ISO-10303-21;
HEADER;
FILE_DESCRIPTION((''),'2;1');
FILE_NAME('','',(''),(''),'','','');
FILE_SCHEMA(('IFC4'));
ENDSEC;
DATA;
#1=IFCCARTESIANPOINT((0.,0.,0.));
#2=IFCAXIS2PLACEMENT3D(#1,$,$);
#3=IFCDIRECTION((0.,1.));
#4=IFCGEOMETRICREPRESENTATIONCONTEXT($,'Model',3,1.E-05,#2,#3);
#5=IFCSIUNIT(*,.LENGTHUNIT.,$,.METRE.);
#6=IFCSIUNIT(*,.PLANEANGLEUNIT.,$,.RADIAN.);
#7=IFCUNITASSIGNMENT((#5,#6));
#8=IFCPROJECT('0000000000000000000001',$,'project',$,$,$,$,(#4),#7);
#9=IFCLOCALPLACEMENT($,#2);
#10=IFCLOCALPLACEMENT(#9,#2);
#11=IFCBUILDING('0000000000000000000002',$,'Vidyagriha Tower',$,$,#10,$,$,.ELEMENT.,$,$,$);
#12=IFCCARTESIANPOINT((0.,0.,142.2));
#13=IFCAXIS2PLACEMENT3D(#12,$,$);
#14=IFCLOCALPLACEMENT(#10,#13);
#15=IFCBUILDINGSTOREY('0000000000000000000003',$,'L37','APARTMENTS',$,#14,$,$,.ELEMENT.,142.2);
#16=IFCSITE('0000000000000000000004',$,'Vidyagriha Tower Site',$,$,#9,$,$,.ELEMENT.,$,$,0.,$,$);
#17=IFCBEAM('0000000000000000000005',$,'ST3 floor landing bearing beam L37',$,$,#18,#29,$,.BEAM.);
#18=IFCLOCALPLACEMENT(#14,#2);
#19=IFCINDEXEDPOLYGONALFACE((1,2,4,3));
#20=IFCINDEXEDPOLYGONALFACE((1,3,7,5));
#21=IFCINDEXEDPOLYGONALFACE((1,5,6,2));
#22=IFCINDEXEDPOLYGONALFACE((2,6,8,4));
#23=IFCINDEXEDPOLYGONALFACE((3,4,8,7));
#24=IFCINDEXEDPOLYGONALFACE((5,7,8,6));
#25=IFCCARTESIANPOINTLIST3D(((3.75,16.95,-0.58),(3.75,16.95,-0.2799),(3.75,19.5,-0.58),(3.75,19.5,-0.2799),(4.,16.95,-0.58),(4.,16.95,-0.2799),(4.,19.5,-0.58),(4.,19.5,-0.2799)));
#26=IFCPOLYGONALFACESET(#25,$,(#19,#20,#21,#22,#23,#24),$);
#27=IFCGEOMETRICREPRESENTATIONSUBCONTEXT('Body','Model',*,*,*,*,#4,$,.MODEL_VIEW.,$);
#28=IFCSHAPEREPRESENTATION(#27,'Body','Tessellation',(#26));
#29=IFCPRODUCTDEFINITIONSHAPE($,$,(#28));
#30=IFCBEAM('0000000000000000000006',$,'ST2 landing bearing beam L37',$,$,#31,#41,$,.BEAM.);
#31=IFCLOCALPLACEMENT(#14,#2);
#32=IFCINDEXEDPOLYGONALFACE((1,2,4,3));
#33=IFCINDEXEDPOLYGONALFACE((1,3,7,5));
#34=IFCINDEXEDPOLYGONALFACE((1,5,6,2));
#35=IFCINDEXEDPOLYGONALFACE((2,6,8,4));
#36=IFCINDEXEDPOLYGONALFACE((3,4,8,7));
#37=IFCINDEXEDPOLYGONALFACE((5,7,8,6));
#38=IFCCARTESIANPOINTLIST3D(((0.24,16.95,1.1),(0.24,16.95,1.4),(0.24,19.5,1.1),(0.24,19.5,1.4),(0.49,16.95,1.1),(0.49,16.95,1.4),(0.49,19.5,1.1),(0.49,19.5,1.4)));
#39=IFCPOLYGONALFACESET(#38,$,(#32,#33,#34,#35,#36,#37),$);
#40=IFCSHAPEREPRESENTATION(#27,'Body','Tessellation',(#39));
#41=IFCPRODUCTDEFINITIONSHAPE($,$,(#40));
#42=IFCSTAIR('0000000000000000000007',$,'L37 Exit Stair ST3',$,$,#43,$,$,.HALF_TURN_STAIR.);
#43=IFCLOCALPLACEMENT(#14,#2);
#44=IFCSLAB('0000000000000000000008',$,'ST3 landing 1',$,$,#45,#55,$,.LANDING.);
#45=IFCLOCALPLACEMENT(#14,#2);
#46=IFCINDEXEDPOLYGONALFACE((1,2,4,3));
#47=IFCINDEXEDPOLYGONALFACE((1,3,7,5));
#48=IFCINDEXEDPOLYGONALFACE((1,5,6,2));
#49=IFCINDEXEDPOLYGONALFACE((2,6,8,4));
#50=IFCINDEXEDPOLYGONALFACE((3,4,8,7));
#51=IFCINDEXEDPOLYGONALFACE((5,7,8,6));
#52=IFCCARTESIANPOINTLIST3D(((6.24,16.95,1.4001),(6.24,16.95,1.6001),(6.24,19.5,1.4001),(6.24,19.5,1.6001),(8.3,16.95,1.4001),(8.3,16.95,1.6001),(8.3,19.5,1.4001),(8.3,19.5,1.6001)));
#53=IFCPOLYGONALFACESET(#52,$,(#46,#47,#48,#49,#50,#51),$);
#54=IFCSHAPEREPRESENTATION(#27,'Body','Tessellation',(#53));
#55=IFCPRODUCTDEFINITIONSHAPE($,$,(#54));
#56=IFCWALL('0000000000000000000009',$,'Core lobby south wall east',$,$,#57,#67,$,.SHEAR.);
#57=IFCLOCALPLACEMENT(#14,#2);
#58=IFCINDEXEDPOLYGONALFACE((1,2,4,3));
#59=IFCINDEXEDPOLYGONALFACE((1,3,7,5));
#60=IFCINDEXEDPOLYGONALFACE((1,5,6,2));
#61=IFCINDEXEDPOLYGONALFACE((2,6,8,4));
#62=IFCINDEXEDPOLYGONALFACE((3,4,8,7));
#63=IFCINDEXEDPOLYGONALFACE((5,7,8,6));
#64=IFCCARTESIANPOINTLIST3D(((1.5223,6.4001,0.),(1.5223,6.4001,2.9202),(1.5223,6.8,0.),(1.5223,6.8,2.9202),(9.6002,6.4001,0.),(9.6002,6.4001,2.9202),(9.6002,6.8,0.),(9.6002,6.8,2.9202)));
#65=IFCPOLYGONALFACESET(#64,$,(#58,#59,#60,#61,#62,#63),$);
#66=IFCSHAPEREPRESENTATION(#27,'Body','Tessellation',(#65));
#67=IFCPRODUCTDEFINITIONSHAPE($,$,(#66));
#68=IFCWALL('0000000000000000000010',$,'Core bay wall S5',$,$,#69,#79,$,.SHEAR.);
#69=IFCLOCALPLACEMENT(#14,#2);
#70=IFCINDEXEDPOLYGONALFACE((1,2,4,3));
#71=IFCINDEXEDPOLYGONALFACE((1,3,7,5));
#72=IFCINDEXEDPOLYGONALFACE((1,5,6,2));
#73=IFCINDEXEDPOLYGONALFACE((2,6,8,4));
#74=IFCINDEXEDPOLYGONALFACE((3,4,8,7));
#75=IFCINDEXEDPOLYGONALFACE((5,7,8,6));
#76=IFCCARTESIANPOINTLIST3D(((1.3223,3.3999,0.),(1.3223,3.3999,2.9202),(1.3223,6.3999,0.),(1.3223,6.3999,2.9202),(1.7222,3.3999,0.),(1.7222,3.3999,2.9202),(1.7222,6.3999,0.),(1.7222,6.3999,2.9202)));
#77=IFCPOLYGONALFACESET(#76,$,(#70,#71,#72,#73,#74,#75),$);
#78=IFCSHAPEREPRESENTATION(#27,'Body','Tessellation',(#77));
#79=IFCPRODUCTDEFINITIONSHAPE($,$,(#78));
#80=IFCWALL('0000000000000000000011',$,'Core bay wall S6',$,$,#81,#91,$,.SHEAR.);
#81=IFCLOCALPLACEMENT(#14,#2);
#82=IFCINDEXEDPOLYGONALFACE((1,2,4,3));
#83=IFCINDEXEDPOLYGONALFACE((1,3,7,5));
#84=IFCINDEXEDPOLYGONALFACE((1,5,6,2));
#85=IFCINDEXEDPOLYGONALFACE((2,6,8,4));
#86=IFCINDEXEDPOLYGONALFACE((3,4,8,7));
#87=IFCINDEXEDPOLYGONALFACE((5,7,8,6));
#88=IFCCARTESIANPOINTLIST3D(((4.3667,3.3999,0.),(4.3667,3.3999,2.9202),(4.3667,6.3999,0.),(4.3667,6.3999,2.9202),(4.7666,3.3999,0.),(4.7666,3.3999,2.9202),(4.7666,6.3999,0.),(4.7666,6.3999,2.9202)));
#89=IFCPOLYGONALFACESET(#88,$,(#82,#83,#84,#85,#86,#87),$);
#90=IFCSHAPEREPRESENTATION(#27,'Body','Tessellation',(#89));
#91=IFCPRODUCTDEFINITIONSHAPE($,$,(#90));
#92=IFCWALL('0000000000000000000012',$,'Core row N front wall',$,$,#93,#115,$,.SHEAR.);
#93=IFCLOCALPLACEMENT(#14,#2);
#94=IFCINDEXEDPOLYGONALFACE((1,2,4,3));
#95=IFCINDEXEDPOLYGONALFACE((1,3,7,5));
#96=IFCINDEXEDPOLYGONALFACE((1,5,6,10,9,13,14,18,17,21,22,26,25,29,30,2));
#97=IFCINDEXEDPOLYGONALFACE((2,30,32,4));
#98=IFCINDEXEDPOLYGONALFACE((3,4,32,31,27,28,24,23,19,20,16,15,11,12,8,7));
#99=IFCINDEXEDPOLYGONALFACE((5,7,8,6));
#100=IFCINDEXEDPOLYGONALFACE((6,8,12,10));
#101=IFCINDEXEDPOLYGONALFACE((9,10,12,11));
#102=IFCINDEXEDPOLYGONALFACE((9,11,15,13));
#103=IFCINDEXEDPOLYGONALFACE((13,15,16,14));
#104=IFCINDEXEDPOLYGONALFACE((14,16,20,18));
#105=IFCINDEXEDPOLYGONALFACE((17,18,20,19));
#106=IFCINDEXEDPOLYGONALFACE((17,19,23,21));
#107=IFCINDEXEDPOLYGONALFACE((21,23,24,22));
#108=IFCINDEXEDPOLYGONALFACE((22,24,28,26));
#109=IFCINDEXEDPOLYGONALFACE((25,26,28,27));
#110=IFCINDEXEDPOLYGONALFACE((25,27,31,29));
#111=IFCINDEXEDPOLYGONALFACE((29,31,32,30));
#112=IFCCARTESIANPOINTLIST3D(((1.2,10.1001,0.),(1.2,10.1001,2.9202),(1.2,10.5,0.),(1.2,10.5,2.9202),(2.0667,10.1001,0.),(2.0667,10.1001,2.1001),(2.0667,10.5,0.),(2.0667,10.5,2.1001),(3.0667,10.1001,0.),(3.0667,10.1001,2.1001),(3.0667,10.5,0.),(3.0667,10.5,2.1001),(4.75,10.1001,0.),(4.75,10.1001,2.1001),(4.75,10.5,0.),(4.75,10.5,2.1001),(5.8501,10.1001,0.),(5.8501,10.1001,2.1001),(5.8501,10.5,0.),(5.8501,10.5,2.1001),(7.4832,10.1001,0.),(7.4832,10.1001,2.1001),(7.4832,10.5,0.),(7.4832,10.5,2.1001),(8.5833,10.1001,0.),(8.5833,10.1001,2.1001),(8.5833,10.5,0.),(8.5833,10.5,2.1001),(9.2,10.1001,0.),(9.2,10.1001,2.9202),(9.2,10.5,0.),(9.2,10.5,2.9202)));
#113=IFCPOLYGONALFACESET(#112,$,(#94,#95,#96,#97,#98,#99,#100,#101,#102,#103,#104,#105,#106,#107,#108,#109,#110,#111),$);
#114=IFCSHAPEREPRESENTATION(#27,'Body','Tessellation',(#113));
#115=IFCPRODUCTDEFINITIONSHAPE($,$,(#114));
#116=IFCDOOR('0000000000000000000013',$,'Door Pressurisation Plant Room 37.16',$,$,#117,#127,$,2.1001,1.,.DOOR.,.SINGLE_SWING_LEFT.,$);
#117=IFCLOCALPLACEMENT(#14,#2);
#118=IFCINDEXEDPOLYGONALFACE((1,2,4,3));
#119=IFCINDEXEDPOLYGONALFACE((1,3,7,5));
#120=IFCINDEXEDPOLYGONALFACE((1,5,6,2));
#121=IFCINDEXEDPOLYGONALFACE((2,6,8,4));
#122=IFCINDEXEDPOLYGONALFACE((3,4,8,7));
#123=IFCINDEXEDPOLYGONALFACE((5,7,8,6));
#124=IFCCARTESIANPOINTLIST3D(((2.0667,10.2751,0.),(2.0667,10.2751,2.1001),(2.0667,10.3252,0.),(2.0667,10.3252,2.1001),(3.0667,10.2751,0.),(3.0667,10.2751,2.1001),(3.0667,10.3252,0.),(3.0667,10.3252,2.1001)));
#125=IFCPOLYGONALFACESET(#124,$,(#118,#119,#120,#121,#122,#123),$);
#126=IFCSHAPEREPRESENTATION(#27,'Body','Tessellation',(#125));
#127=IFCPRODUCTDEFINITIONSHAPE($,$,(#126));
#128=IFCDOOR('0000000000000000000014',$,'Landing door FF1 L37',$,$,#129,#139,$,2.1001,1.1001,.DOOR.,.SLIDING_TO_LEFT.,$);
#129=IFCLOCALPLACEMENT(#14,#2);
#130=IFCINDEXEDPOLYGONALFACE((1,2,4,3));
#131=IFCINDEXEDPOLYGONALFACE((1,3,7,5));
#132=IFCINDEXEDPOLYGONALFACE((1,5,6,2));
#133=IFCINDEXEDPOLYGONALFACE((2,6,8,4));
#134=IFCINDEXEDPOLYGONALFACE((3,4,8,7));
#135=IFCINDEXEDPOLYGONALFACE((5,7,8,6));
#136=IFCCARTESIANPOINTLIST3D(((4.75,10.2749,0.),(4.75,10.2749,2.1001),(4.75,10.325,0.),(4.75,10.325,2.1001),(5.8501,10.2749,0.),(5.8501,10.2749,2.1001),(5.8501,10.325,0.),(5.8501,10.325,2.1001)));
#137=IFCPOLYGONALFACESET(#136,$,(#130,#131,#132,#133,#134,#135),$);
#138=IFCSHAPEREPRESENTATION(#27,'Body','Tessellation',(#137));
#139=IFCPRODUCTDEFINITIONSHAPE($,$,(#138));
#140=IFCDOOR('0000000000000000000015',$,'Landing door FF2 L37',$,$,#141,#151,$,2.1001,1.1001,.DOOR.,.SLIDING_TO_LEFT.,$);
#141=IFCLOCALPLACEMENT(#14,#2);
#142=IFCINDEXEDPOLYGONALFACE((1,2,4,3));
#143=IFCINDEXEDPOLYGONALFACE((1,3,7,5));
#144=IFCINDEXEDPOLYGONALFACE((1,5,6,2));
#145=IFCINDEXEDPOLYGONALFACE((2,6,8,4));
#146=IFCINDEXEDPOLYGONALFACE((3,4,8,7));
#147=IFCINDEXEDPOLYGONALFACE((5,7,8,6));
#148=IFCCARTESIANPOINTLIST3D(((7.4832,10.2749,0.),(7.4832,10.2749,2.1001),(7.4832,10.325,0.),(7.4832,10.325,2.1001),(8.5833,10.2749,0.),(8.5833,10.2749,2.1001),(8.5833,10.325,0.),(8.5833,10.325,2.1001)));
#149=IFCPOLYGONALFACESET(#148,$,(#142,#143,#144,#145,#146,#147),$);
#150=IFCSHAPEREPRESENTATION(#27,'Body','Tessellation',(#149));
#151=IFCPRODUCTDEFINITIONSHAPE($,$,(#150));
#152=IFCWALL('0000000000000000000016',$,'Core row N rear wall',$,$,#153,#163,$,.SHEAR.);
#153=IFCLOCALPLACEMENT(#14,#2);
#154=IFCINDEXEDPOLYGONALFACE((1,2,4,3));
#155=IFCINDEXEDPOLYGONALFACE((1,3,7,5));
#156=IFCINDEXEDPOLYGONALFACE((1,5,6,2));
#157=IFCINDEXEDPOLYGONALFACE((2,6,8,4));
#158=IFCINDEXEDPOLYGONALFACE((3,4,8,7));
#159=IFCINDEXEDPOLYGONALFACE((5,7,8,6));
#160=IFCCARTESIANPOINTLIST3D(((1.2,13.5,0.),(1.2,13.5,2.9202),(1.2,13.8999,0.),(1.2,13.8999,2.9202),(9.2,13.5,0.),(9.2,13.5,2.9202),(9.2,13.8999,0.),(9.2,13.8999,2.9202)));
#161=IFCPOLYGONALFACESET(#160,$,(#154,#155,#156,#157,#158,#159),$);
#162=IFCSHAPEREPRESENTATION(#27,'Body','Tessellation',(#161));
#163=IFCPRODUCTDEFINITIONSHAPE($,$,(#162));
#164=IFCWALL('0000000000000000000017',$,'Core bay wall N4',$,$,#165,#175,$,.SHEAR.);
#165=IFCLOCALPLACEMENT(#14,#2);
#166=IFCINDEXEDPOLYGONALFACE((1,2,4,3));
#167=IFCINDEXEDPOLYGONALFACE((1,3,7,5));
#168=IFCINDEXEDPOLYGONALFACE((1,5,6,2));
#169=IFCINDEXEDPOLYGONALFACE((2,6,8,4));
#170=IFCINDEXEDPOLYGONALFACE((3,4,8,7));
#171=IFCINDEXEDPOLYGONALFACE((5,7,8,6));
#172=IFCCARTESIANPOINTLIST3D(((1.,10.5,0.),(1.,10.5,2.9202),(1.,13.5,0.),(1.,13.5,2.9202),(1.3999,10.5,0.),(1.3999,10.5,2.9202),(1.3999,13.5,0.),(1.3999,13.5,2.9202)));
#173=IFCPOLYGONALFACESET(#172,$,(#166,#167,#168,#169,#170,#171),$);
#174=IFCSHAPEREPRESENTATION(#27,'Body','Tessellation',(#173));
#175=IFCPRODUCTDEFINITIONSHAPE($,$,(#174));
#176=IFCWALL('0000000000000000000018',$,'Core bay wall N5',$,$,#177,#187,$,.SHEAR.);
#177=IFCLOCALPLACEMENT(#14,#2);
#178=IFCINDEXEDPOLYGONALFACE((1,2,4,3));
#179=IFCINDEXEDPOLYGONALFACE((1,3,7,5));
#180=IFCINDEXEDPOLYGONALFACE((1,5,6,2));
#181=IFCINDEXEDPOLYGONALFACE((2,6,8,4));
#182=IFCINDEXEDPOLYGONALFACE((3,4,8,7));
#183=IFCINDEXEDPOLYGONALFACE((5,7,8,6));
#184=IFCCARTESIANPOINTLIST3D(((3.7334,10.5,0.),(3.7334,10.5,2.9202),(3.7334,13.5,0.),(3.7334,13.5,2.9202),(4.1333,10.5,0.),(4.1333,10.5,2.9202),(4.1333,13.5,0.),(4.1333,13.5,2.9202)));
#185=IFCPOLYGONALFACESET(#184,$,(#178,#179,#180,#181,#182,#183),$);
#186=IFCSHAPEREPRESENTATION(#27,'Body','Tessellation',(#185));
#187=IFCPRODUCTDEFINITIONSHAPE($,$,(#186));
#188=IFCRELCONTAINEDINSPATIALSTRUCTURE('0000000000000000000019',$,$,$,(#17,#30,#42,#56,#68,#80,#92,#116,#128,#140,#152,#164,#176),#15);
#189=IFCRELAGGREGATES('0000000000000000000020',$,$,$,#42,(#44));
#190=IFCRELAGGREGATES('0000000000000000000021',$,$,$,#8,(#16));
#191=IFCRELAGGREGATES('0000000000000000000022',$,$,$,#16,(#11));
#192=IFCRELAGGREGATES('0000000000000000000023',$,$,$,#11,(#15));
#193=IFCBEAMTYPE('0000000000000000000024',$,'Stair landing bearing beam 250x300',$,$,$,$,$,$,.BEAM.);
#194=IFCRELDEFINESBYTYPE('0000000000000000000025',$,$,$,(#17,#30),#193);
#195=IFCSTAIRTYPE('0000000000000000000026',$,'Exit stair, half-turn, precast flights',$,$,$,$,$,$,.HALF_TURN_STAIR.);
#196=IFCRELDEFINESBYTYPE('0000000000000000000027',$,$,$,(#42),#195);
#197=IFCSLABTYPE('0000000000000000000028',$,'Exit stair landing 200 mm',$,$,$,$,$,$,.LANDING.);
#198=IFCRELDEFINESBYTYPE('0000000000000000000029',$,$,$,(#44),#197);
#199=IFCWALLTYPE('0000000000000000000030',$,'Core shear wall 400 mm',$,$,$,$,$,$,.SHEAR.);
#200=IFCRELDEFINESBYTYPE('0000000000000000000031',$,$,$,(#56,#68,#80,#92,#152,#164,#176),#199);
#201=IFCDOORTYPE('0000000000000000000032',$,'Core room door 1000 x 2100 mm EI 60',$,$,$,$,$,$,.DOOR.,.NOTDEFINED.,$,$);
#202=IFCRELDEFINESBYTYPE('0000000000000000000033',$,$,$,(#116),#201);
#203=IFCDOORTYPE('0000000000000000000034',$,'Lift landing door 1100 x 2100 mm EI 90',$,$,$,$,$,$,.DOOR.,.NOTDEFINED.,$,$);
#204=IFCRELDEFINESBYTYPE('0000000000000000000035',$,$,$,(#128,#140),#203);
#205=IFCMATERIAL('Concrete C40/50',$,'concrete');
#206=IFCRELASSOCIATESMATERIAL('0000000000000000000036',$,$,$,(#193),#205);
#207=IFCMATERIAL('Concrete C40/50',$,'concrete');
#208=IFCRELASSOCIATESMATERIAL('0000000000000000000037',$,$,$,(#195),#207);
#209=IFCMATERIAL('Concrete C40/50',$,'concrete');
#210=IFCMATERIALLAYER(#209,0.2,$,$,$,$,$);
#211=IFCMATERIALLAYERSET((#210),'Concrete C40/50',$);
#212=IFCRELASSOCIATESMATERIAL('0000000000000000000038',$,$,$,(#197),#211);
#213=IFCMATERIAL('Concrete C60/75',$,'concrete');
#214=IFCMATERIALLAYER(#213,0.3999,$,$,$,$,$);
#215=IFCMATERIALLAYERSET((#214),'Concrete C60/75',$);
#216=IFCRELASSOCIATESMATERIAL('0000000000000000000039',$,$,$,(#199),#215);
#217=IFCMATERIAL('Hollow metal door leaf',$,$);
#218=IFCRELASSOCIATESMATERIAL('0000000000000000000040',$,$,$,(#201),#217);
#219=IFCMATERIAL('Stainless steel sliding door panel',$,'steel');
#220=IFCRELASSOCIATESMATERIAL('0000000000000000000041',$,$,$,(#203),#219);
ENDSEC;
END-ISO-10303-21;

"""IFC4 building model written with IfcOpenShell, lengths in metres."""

from ifc_helpers import new_model, si_unit, direction, frame, frame_2d, origin, origin_2d, place, context, subcontext, project, spatial, polyline, rectangle, outline, extrude, material, layer, layer_set, material_profile, profile_set, type_object, element, fill, aggregate, save


model = new_model("IFC4")

# Units and contexts
model_context = context("Model", 3, precision=1e-05, world=origin(), true_north=direction((0.0, 1.0)))
body_context = subcontext(model_context, "Body", "Model", "MODEL_VIEW")
ifc_project = project(units=[si_unit("LENGTHUNIT", "METRE"), si_unit("PLANEANGLEUNIT", "RADIAN")], contexts=[model_context])

# Site, building, storey
site_placement = place(None, origin())
site = spatial("IfcSite", under=ifc_project, at=site_placement, Name="Vidyagriha Tower Site", CompositionType="ELEMENT", RefElevation=0.0)
building_placement = place(site_placement, origin())
building = spatial("IfcBuilding", under=site, at=building_placement, Name="Vidyagriha Tower", CompositionType="ELEMENT")
storey_placement = place(building_placement, frame((0.0, 0.0, 142.2)))
storey = spatial("IfcBuildingStorey", under=building, at=storey_placement, Name="L37", Description="APARTMENTS", CompositionType="ELEMENT", Elevation=142.2)

# Beams
ifc_material_1 = material(Name="Concrete C40/50", Category="concrete")
ifc_material_profile = material_profile(ifc_material_1, rectangle(XDim=0.25, YDim=0.3, at=origin_2d()), Name="Stair landing bearing beam 250x300")
ifc_profile_set = profile_set([ifc_material_profile], Name="Concrete C40/50")
beam_type = type_object("IfcBeamType", Name="Stair landing bearing beam 250x300", PredefinedType="BEAM", material=ifc_profile_set)
for number, where, z_axis, x_axis, name in (
    (1, (3.875, 16.95, -0.4299), (0.0, 1.0, 0.0), (-1.0, 0.0, 0.0), "ST3 floor landing bearing beam L37"),
    (2, (0.365, 16.95, 1.25), (0.0, 1.0, 0.0), (-1.0, 0.0, 0.0), "ST2 landing bearing beam L37"),
):
    element("IfcBeam", number, at=place(storey_placement, frame(where, z_axis=z_axis, x_axis=x_axis)), inside=storey, type_object=beam_type, Name=name, PredefinedType="BEAM", context=body_context, shape_type="SweptSolid", body=[
        extrude(rectangle(XDim=0.25, YDim=0.3, at=origin_2d()), origin(), (0.0, 0.0, 1.0), 2.55),
    ])

# Stair, slab
ifc_material_2 = material(Name="Concrete C40/50", Category="concrete")
stair_type = type_object("IfcStairType", Name="Exit stair, half-turn, precast flights", PredefinedType="HALF_TURN_STAIR", material=ifc_material_2)
stair_placement = place(storey_placement, origin())
stair = element("IfcStair", 3, at=stair_placement, inside=storey, type_object=stair_type, Name="L37 Exit Stair ST3", PredefinedType="HALF_TURN_STAIR")
ifc_material_3 = material(Name="Concrete C40/50", Category="concrete")
ifc_layer_1 = layer(ifc_material_3, 0.2)
ifc_layer_set_1 = layer_set([ifc_layer_1], Name="Concrete C40/50")
slab_type = type_object("IfcSlabType", Name="Exit stair landing 200 mm", PredefinedType="LANDING", material=ifc_layer_set_1)
slab_placement = place(storey_placement, frame((0.0, 0.0, 1.4001)))
slab = element("IfcSlab", 4, at=slab_placement, type_object=slab_type, Name="ST3 landing 1", PredefinedType="LANDING", context=body_context, shape_type="SweptSolid", body=[
    extrude(outline(polyline([(6.24, 16.95), (8.3, 16.95), (8.3, 19.5), (6.24, 19.5), (6.24, 16.95)])), origin(), (0.0, 0.0, 1.0), 0.2),
])
aggregate(stair, [slab])

# Walls
ifc_material_4 = material(Name="Concrete C60/75", Category="concrete")
ifc_layer_2 = layer(ifc_material_4, 0.3999)
ifc_layer_set_2 = layer_set([ifc_layer_2], Name="Concrete C60/75")
wall_type_1 = type_object("IfcWallType", Name="Core shear wall 400 mm", PredefinedType="SHEAR", material=ifc_layer_set_2)
wall_1_placement = place(storey_placement, frame((1.5222, 6.6001, 0.0)))
element("IfcWall", 5, at=wall_1_placement, inside=storey, type_object=wall_type_1, Name="Core lobby south wall east", PredefinedType="SHEAR", context=body_context, shape_type="SweptSolid", body=[
    extrude(rectangle(XDim=8.0779, YDim=0.3999, at=frame_2d((4.0391, 0.0))), origin(), (0.0, 0.0, 1.0), 2.9202),
])
for number, where, z_axis, x_axis, name in (
    (6, (1.5222, 3.3999, 0.0), (0.0, 0.0, 1.0), (0.0, 1.0, 0.0), "Core bay wall S5"),
    (7, (4.5667, 3.3999, 0.0), (0.0, 0.0, 1.0), (0.0, 1.0, 0.0), "Core bay wall S6"),
):
    element("IfcWall", number, at=place(storey_placement, frame(where, z_axis=z_axis, x_axis=x_axis)), inside=storey, type_object=wall_type_1, Name=name, PredefinedType="SHEAR", context=body_context, shape_type="SweptSolid", body=[
        extrude(rectangle(XDim=3.0, YDim=0.3999, at=frame_2d((1.5, 0.0))), origin(), (0.0, 0.0, 1.0), 2.9202),
    ])

# Wall, openings, doors
wall_2_placement = place(storey_placement, frame((1.2, 10.3, 0.0)))
wall_2 = element("IfcWall", 8, at=wall_2_placement, inside=storey, type_object=wall_type_1, Name="Core row N front wall", PredefinedType="SHEAR", context=body_context, shape_type="SweptSolid", body=[
    extrude(rectangle(XDim=8.0, YDim=0.3999, at=frame_2d((4.0, 0.0))), origin(), (0.0, 0.0, 1.0), 2.9202),
])
opening_1_placement = place(wall_2_placement, frame((3.55, 0.0, 0.0)))
opening_1 = element("IfcOpeningElement", 9, at=opening_1_placement, cuts=wall_2, PredefinedType="OPENING", context=body_context, shape_type="SweptSolid", body=[
    extrude(rectangle(XDim=1.1001, YDim=2.1001, at=frame_2d((0.55, 1.05))), frame((0.0, 0.21, 0.0), z_axis=(0.0, -1.0, 0.0), x_axis=(1.0, 0.0, 0.0)), (0.0, 0.0, 1.0), 0.4199),
])
opening_2_placement = place(wall_2_placement, frame((6.2832, 0.0, 0.0)))
opening_2 = element("IfcOpeningElement", 10, at=opening_2_placement, cuts=wall_2, PredefinedType="OPENING", context=body_context, shape_type="SweptSolid", body=[
    extrude(rectangle(XDim=1.1001, YDim=2.1001, at=frame_2d((0.55, 1.05))), frame((0.0, 0.21, 0.0), z_axis=(0.0, -1.0, 0.0), x_axis=(1.0, 0.0, 0.0)), (0.0, 0.0, 1.0), 0.4199),
])
opening_3_placement = place(wall_2_placement, frame((0.8667, 0.0, 0.0)))
opening_3 = element("IfcOpeningElement", 11, at=opening_3_placement, cuts=wall_2, PredefinedType="OPENING", context=body_context, shape_type="SweptSolid", body=[
    extrude(rectangle(XDim=1.0, YDim=2.1001, at=frame_2d((0.5, 1.05))), frame((0.0, 0.21, 0.0), z_axis=(0.0, -1.0, 0.0), x_axis=(1.0, 0.0, 0.0)), (0.0, 0.0, 1.0), 0.4199),
])
ifc_material_5 = material(Name="Hollow metal door leaf")
door_type_1 = type_object("IfcDoorType", Name="Core room door 1000 x 2100 mm EI 60", OperationType="NOTDEFINED", PredefinedType="DOOR", material=ifc_material_5)
door_1_placement = place(opening_3_placement, frame((1.0, 0.0, 0.0), z_axis=(0.0, 0.0, 1.0), x_axis=(-1.0, 0.0, 0.0)))
door_1 = element("IfcDoor", 12, at=door_1_placement, inside=storey, type_object=door_type_1, Name="Door Pressurisation Plant Room 37.16", OperationType="SINGLE_SWING_LEFT", OverallHeight=2.1001, OverallWidth=1.0, PredefinedType="DOOR", context=body_context, shape_type="SweptSolid", body=[
    extrude(rectangle(XDim=1.0, YDim=2.1001, at=frame_2d((0.5, 1.05))), frame((0.0, 0.0249, 0.0), z_axis=(0.0, -1.0, 0.0), x_axis=(1.0, 0.0, 0.0)), (0.0, 0.0, 1.0), 0.05),
])
fill(opening_3, door_1)
ifc_material_6 = material(Name="Stainless steel sliding door panel", Category="steel")
door_type_2 = type_object("IfcDoorType", Name="Lift landing door 1100 x 2100 mm EI 90", OperationType="NOTDEFINED", PredefinedType="DOOR", material=ifc_material_6)
door_2_placement = place(opening_1_placement, origin())
door_2 = element("IfcDoor", 13, at=door_2_placement, inside=storey, type_object=door_type_2, Name="Landing door FF1 L37", OperationType="SLIDING_TO_LEFT", OverallHeight=2.1001, OverallWidth=1.1001, PredefinedType="DOOR", context=body_context, shape_type="SweptSolid", body=[
    extrude(rectangle(XDim=1.1001, YDim=2.1001, at=frame_2d((0.55, 1.05))), frame((0.0, 0.0249, 0.0), z_axis=(0.0, -1.0, 0.0), x_axis=(1.0, 0.0, 0.0)), (0.0, 0.0, 1.0), 0.05),
])
fill(opening_1, door_2)
door_3_placement = place(opening_2_placement, origin())
door_3 = element("IfcDoor", 14, at=door_3_placement, inside=storey, type_object=door_type_2, Name="Landing door FF2 L37", OperationType="SLIDING_TO_LEFT", OverallHeight=2.1001, OverallWidth=1.1001, PredefinedType="DOOR", context=body_context, shape_type="SweptSolid", body=[
    extrude(rectangle(XDim=1.1001, YDim=2.1001, at=frame_2d((0.55, 1.05))), frame((0.0, 0.0249, 0.0), z_axis=(0.0, -1.0, 0.0), x_axis=(1.0, 0.0, 0.0)), (0.0, 0.0, 1.0), 0.05),
])
fill(opening_2, door_3)

# Walls
wall_3_placement = place(storey_placement, frame((1.2, 13.7, 0.0)))
element("IfcWall", 15, at=wall_3_placement, inside=storey, type_object=wall_type_1, Name="Core row N rear wall", PredefinedType="SHEAR", context=body_context, shape_type="SweptSolid", body=[
    extrude(rectangle(XDim=8.0, YDim=0.3999, at=frame_2d((4.0, 0.0))), origin(), (0.0, 0.0, 1.0), 2.9202),
])
for number, where, z_axis, x_axis, name in (
    (16, (1.2, 10.5, 0.0), (0.0, 0.0, 1.0), (0.0, 1.0, 0.0), "Core bay wall N4"),
    (17, (3.9333, 10.5, 0.0), (0.0, 0.0, 1.0), (0.0, 1.0, 0.0), "Core bay wall N5"),
):
    element("IfcWall", number, at=place(storey_placement, frame(where, z_axis=z_axis, x_axis=x_axis)), inside=storey, type_object=wall_type_1, Name=name, PredefinedType="SHEAR", context=body_context, shape_type="SweptSolid", body=[
        extrude(rectangle(XDim=3.0, YDim=0.3999, at=frame_2d((1.5, 0.0))), origin(), (0.0, 0.0, 1.0), 2.9202),
    ])

save(model, "model.ifc")
